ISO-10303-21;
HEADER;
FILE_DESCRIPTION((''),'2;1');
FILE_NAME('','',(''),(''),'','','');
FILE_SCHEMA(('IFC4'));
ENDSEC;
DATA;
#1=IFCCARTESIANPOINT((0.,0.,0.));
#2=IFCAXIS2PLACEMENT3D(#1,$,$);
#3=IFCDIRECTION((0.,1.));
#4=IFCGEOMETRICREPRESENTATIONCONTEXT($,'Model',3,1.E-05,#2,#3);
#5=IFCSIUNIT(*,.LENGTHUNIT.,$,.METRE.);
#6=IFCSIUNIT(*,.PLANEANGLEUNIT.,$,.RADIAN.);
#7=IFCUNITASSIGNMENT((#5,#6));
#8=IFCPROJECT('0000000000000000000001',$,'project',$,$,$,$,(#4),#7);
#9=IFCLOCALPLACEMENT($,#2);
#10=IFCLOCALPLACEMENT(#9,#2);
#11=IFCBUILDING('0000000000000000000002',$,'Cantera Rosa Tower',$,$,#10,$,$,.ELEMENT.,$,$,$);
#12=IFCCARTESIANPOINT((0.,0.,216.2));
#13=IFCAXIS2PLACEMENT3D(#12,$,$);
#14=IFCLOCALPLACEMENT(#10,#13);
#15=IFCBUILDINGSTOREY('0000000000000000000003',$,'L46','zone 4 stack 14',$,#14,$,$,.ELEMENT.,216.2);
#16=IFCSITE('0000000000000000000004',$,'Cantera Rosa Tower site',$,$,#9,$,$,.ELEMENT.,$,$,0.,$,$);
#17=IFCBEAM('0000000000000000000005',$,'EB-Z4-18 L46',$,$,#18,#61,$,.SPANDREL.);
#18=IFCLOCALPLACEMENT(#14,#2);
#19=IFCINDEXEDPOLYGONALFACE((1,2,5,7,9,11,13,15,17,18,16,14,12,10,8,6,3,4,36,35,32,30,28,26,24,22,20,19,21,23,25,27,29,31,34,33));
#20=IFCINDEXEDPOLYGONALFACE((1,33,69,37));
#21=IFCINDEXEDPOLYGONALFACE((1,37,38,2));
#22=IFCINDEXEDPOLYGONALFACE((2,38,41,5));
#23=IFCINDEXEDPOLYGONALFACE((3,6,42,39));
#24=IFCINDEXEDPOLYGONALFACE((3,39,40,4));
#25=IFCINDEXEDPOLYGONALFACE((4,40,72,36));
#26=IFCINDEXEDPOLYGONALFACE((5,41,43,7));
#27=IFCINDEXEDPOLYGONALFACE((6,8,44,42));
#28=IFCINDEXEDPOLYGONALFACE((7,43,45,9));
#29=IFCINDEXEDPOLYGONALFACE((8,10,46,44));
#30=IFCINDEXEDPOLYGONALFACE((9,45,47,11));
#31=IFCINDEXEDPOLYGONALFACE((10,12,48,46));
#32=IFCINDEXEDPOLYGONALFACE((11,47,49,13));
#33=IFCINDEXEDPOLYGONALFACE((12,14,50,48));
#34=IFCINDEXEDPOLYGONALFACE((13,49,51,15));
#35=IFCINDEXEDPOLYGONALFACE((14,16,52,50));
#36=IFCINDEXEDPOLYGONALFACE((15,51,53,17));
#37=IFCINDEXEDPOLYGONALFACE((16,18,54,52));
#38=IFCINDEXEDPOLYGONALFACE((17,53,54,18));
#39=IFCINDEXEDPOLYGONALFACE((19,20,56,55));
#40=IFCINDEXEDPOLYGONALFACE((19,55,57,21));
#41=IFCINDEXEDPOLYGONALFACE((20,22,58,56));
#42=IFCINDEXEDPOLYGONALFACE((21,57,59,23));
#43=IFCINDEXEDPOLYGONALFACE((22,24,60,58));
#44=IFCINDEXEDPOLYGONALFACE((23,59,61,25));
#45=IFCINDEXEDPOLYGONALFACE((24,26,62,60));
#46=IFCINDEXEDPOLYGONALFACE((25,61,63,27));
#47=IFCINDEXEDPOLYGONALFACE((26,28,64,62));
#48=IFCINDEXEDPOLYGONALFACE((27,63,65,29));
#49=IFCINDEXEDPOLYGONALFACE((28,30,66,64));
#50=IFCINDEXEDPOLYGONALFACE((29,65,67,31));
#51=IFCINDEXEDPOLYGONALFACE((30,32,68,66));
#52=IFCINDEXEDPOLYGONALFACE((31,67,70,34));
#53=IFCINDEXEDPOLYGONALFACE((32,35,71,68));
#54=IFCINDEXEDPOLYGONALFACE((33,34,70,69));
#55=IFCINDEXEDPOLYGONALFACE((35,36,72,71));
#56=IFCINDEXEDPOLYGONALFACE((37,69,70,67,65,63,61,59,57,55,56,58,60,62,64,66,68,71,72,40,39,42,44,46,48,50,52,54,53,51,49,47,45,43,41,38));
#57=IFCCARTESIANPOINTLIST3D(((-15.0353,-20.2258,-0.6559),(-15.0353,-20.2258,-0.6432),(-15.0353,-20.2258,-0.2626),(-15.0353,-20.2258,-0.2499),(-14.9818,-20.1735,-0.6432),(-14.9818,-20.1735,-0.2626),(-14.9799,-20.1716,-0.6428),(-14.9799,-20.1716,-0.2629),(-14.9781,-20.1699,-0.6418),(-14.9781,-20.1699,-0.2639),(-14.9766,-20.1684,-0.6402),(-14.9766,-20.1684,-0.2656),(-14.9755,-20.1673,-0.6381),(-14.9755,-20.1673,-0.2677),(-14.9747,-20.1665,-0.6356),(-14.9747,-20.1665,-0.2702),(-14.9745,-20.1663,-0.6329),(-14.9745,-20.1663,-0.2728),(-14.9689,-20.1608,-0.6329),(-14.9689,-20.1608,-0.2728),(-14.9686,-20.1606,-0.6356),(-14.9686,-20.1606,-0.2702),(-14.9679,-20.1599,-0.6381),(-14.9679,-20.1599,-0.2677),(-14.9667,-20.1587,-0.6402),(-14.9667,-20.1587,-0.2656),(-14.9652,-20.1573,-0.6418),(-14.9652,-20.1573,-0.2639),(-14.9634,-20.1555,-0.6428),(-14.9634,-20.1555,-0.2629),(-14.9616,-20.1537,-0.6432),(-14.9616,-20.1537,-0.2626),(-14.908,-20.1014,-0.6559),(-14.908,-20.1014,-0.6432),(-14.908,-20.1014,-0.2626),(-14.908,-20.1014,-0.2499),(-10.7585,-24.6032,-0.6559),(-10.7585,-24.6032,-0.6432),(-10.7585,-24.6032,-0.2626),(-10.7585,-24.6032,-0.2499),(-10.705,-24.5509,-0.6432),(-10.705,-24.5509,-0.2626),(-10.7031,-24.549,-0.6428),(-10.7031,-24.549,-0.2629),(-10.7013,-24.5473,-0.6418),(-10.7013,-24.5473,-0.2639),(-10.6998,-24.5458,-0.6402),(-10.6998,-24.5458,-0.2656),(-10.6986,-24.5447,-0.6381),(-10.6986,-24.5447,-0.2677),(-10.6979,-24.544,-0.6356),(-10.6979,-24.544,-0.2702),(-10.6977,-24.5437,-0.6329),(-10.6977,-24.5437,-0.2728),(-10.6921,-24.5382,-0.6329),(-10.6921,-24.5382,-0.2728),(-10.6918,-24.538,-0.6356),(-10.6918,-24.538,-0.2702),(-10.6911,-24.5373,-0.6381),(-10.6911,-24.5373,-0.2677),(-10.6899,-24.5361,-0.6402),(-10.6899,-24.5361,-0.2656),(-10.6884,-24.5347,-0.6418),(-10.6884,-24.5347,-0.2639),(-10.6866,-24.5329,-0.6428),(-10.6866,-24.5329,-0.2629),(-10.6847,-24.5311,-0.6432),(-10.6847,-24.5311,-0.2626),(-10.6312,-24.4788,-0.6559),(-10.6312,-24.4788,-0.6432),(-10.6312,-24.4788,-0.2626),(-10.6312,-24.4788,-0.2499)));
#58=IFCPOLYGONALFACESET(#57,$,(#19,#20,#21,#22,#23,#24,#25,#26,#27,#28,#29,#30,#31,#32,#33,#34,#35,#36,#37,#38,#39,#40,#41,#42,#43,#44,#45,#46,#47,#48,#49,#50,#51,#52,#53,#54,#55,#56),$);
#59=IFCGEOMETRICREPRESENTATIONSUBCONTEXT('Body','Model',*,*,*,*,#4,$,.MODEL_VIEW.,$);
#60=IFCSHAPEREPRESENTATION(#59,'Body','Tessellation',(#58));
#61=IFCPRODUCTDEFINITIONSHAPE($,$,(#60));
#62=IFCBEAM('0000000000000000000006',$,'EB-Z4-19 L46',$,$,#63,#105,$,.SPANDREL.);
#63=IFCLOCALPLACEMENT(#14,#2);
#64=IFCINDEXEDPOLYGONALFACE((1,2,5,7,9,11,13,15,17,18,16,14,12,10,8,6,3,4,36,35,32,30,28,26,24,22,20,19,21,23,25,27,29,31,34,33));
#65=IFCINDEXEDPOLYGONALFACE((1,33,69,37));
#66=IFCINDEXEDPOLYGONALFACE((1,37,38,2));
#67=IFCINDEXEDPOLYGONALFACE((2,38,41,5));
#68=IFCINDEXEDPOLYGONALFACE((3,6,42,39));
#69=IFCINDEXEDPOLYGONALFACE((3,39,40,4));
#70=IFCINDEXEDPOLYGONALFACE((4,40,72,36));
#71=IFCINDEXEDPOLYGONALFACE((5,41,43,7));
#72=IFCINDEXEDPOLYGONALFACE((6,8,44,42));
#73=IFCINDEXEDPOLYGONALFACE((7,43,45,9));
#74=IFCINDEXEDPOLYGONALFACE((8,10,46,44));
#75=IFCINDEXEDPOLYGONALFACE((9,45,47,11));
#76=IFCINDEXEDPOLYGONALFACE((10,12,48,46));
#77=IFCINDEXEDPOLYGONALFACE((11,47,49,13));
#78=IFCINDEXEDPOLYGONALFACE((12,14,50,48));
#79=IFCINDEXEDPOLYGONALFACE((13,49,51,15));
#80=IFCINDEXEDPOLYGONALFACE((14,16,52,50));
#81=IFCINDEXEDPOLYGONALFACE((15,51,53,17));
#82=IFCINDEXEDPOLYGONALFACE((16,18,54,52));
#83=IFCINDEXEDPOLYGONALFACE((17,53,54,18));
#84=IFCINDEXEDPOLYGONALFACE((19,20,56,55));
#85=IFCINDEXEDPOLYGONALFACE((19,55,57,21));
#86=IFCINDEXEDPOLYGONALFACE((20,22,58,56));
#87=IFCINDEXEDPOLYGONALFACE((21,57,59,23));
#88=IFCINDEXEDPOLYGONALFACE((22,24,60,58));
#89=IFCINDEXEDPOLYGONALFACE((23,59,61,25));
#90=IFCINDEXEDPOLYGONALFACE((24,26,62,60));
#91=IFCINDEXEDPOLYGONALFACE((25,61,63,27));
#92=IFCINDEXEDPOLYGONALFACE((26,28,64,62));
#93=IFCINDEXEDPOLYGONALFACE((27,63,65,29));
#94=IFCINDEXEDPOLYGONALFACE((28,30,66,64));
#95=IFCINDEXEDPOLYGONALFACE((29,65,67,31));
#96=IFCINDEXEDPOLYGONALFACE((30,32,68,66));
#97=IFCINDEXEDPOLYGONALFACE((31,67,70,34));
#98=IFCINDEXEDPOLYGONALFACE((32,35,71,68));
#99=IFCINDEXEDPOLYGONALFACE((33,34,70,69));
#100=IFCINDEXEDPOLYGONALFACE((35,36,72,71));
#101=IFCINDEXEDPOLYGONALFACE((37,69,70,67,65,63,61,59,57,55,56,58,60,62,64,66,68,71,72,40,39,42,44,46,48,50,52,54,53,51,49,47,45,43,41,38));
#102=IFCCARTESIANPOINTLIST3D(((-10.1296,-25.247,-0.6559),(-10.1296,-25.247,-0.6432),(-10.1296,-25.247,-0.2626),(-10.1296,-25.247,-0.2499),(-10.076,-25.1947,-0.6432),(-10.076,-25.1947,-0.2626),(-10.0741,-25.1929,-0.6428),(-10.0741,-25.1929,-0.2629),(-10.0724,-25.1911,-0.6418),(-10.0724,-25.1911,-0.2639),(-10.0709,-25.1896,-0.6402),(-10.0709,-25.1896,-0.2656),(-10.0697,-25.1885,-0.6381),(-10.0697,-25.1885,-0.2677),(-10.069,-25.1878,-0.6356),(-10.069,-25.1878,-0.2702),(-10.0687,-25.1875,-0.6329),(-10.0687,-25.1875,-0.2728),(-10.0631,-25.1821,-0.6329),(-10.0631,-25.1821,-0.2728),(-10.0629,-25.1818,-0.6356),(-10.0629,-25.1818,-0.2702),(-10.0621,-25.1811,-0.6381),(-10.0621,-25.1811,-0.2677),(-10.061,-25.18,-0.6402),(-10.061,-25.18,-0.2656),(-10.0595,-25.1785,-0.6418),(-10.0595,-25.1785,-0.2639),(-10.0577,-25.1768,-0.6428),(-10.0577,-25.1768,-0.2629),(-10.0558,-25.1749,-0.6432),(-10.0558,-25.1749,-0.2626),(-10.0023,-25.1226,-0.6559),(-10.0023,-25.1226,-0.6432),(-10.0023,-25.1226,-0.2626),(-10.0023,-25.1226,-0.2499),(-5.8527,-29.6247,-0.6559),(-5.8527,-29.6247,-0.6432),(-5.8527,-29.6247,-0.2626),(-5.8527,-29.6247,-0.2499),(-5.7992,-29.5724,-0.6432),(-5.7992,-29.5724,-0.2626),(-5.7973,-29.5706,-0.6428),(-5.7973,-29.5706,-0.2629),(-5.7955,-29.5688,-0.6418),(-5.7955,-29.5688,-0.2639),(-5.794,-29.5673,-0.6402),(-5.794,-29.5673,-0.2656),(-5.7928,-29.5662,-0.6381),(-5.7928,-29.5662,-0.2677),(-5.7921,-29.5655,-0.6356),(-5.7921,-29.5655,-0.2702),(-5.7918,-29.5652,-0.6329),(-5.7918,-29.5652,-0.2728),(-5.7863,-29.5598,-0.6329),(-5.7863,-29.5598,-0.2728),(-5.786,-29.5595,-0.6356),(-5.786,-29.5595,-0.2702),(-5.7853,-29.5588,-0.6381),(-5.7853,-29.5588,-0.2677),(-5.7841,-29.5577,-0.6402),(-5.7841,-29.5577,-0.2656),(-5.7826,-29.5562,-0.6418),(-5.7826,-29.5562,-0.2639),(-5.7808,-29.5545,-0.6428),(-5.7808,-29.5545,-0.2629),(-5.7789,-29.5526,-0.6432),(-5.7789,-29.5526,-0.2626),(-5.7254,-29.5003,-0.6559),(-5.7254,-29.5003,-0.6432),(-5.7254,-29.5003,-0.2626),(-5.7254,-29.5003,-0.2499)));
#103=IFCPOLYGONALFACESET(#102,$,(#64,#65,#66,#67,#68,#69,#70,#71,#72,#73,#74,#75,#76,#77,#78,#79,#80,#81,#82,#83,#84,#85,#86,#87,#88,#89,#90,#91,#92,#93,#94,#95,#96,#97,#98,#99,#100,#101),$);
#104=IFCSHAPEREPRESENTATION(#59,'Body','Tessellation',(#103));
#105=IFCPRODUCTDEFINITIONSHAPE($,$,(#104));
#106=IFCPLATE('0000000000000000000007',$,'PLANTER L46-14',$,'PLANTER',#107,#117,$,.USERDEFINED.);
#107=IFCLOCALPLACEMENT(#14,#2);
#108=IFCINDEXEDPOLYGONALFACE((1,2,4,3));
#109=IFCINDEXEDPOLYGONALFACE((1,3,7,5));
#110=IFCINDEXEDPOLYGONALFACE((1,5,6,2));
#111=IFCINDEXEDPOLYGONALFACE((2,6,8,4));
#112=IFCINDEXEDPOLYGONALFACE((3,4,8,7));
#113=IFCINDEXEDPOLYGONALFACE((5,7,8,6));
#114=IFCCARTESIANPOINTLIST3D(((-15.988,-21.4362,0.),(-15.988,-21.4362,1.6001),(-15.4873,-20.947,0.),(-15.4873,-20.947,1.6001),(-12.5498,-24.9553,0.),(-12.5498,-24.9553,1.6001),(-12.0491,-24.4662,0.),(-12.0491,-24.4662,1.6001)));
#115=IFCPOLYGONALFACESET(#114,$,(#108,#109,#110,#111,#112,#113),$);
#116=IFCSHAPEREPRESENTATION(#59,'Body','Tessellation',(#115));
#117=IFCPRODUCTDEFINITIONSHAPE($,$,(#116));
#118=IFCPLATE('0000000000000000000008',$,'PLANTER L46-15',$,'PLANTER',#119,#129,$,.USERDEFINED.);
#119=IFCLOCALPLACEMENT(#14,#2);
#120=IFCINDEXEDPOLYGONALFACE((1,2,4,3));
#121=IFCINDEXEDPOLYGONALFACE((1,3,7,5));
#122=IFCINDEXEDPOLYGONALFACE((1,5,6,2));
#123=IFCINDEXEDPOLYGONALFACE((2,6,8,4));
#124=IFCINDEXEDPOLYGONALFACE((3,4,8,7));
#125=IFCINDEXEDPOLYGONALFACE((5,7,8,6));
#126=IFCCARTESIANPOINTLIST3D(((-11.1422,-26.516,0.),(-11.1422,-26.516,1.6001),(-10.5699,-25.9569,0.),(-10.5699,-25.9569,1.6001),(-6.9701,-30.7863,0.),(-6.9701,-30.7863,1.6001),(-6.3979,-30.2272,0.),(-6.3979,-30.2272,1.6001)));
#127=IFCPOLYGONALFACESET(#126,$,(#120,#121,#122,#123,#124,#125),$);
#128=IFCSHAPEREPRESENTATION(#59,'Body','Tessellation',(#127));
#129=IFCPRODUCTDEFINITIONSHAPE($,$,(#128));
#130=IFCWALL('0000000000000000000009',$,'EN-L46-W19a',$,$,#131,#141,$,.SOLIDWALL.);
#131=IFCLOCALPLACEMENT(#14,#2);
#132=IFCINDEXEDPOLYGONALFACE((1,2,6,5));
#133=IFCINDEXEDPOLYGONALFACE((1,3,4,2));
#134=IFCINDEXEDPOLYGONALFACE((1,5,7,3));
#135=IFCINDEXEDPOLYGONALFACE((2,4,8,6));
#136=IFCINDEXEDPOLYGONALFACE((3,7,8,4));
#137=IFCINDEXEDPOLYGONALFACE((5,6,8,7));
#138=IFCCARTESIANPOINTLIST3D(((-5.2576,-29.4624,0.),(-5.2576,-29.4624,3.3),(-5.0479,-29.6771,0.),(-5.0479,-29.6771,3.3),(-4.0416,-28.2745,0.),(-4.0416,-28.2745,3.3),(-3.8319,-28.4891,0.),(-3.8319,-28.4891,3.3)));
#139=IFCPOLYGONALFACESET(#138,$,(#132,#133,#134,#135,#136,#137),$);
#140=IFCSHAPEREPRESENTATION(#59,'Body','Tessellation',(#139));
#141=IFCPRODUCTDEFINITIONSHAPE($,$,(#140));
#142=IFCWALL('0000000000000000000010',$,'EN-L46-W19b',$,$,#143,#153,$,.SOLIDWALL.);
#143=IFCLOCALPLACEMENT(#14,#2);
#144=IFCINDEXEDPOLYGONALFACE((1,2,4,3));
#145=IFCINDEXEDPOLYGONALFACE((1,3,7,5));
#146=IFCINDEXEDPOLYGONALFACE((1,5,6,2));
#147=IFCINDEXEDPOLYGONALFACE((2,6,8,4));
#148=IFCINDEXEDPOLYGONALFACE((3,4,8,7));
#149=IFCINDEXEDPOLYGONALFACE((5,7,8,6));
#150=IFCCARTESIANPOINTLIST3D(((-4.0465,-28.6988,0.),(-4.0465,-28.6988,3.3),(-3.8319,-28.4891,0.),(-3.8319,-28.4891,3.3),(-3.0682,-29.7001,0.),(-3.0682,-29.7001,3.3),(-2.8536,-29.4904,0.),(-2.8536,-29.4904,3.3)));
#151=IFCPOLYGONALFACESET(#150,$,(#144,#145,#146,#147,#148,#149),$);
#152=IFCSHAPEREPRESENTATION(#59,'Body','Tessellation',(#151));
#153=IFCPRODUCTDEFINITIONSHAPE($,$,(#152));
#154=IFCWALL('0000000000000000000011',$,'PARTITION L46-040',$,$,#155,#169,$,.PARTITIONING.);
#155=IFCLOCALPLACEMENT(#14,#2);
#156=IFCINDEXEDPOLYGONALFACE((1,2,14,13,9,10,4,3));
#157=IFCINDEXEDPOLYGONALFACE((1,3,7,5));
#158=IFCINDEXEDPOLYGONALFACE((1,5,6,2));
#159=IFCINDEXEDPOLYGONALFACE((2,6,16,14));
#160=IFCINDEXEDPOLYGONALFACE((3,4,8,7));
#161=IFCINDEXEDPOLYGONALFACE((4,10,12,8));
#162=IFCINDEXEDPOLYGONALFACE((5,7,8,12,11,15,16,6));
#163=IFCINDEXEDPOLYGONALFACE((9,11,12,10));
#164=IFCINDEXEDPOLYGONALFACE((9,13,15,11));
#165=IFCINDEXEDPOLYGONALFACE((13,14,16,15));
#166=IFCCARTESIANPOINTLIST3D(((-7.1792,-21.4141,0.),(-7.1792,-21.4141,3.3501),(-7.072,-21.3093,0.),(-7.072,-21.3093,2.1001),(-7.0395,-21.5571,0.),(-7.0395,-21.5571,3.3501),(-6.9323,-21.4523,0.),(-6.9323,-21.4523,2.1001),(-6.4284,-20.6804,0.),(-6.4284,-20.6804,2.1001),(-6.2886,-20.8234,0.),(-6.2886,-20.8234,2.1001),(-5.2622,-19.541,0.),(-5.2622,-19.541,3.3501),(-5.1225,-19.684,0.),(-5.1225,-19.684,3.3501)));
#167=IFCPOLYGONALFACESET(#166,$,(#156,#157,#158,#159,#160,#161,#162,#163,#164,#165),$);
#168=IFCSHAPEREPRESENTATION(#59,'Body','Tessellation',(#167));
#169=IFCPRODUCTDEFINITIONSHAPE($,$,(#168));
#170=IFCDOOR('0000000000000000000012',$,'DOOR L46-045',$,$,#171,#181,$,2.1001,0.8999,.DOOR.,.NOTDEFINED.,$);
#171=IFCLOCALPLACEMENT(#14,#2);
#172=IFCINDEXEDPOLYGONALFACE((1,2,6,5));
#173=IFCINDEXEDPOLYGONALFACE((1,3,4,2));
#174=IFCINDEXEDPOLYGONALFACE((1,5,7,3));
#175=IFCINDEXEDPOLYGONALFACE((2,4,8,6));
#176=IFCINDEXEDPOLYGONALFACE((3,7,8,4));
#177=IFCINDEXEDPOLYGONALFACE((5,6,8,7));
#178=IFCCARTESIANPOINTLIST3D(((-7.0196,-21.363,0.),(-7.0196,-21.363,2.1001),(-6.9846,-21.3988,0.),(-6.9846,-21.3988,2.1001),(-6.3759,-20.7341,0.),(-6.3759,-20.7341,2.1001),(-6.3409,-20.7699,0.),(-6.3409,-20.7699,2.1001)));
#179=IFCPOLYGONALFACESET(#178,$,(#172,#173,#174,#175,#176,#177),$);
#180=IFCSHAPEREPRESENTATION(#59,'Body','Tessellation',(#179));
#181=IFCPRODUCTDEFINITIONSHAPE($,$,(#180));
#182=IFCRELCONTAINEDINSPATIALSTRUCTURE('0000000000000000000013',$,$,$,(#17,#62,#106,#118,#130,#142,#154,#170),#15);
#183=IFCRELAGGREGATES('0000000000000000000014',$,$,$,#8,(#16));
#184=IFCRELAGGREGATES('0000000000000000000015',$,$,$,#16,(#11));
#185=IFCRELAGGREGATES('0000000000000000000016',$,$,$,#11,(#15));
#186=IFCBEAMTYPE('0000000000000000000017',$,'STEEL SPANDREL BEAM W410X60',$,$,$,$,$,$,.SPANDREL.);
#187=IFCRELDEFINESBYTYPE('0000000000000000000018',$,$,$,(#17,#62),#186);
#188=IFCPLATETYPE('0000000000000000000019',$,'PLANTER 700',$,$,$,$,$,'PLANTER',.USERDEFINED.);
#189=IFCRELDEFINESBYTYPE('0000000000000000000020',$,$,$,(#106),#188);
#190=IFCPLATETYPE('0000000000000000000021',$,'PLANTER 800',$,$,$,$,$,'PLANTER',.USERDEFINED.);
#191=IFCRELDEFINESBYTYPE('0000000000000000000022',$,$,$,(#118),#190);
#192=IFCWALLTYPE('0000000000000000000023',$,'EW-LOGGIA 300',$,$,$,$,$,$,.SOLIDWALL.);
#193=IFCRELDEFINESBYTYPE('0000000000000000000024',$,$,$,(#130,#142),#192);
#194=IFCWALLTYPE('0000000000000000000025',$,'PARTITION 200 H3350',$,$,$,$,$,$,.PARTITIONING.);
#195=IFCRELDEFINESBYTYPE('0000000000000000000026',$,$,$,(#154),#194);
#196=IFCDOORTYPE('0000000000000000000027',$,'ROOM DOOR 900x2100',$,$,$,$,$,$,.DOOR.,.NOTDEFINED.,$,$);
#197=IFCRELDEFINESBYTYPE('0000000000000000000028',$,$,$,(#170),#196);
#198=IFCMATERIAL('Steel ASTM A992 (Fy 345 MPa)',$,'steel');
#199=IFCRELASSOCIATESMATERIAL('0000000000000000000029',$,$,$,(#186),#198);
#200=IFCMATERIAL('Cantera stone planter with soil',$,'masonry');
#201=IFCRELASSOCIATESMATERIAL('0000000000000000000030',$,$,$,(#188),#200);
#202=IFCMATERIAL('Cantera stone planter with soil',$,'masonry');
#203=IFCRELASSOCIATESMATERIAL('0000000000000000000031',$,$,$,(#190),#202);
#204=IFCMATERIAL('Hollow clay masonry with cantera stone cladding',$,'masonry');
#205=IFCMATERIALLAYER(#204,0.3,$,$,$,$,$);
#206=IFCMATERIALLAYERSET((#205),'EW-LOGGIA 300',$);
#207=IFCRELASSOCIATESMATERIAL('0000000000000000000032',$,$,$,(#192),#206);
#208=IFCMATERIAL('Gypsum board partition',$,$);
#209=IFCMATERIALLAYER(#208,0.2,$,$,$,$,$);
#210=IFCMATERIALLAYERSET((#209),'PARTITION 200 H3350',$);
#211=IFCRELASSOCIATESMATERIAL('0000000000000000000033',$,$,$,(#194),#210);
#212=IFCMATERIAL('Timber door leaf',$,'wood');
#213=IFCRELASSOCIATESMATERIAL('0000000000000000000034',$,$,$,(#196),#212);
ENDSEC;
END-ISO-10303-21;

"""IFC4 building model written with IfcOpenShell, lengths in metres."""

from ifc_helpers import new_model, si_unit, direction, frame, frame_2d, origin, origin_2d, place, context, subcontext, project, spatial, rectangle, i_section, extrude, material, layer, layer_set, material_profile, profile_set, type_object, element, fill, save


model = new_model("IFC4")

# Units and contexts
model_context = context("Model", 3, precision=1e-05, world=origin(), true_north=direction((0.0, 1.0)))
body_context = subcontext(model_context, "Body", "Model", "MODEL_VIEW")
ifc_project = project(units=[si_unit("LENGTHUNIT", "METRE"), si_unit("PLANEANGLEUNIT", "RADIAN")], contexts=[model_context])

# Site, building, storey
site_placement = place(None, origin())
site = spatial("IfcSite", under=ifc_project, at=site_placement, Name="Cantera Rosa Tower site", CompositionType="ELEMENT", RefElevation=0.0)
building_placement = place(site_placement, origin())
building = spatial("IfcBuilding", under=site, at=building_placement, Name="Cantera Rosa Tower", CompositionType="ELEMENT")
storey_placement = place(building_placement, frame((0.0, 0.0, 216.2)))
storey = spatial("IfcBuildingStorey", under=building, at=storey_placement, Name="L46", Description="zone 4 stack 14", CompositionType="ELEMENT", Elevation=216.2)

# Beams
ifc_material_1 = material(Name="Steel ASTM A992 (Fy 345 MPa)", Category="steel")
ifc_material_profile_1 = material_profile(ifc_material_1, i_section(OverallWidth=0.178, OverallDepth=0.406, WebThickness=0.0078, FlangeThickness=0.0127, FilletRadius=0.0103, at=origin_2d()), Name="W410X60")
ifc_profile_set_1 = profile_set([ifc_material_profile_1], Name="Steel ASTM A992 (Fy 345 MPa)")
beam_type_1 = type_object("IfcBeamType", Name="STEEL SPANDREL BEAM W410X60", PredefinedType="SPANDREL", material=ifc_profile_set_1)
beam_1_placement = place(storey_placement, frame((-14.9717, -20.1636, -0.4529), z_axis=(0.698841, -0.715277, 0.0), x_axis=(0.715277, 0.698841, 0.0)))
element("IfcBeam", 1, at=beam_1_placement, inside=storey, type_object=beam_type_1, Name="EB-Z4-18 L46", PredefinedType="SPANDREL", context=body_context, shape_type="SweptSolid", body=[
    extrude(i_section(OverallWidth=0.178, OverallDepth=0.406, WebThickness=0.0078, FlangeThickness=0.0127, FilletRadius=0.0103, at=origin_2d()), origin(), (0.0, 0.0, 1.0), 6.1199),
])
beam_2_placement = place(storey_placement, frame((-10.0659, -25.1848, -0.4529), z_axis=(0.698821, -0.715296, 0.0), x_axis=(0.715296, 0.698821, 0.0)))
element("IfcBeam", 2, at=beam_2_placement, inside=storey, type_object=beam_type_1, Name="EB-Z4-19 L46", PredefinedType="SPANDREL", context=body_context, shape_type="SweptSolid", body=[
    extrude(i_section(OverallWidth=0.178, OverallDepth=0.406, WebThickness=0.0078, FlangeThickness=0.0127, FilletRadius=0.0103, at=origin_2d()), origin(), (0.0, 0.0, 1.0), 6.1201),
])

# Plates
ifc_material_2 = material(Name="Cantera stone planter with soil", Category="masonry")
plate_type_1 = type_object("IfcPlateType", Name="PLANTER 700", ElementType="PLANTER", PredefinedType="USERDEFINED", material=ifc_material_2)
plate_1_placement = place(storey_placement, frame((-14.0186, -22.9512, 0.0), z_axis=(0.0, 0.0, 1.0), x_axis=(0.698832, -0.715286, 0.0)))
element("IfcPlate", 3, at=plate_1_placement, inside=storey, type_object=plate_type_1, Name="PLANTER L46-14", ObjectType="PLANTER", PredefinedType="USERDEFINED", context=body_context, shape_type="SweptSolid", body=[
    extrude(rectangle(XDim=4.9199, YDim=0.7, at=origin_2d()), origin(), (0.0, 0.0, 1.0), 1.6001),
])
ifc_material_3 = material(Name="Cantera stone planter with soil", Category="masonry")
plate_type_2 = type_object("IfcPlateType", Name="PLANTER 800", ElementType="PLANTER", PredefinedType="USERDEFINED", material=ifc_material_3)
plate_2_placement = place(storey_placement, frame((-8.77, -28.3716, 0.0), z_axis=(0.0, 0.0, 1.0), x_axis=(0.698832, -0.715286, 0.0)))
element("IfcPlate", 4, at=plate_2_placement, inside=storey, type_object=plate_type_2, Name="PLANTER L46-15", ObjectType="PLANTER", PredefinedType="USERDEFINED", context=body_context, shape_type="SweptSolid", body=[
    extrude(rectangle(XDim=5.97, YDim=0.8, at=origin_2d()), origin(), (0.0, 0.0, 1.0), 1.6001),
])

# Walls
ifc_material_4 = material(Name="Hollow clay masonry with cantera stone cladding", Category="masonry")
ifc_layer_1 = layer(ifc_material_4, 0.3)
ifc_layer_set_1 = layer_set([ifc_layer_1], Name="EW-LOGGIA 300")
wall_type_1 = type_object("IfcWallType", Name="EW-LOGGIA 300", PredefinedType="SOLIDWALL", material=ifc_layer_set_1)
wall_1_placement = place(storey_placement, frame((-5.1528, -29.5698, 0.0), z_axis=(0.0, 0.0, 1.0), x_axis=(0.715316, 0.698801, 0.0)))
element("IfcWall", 5, at=wall_1_placement, inside=storey, type_object=wall_type_1, Name="EN-L46-W19a", PredefinedType="SOLIDWALL", context=body_context, shape_type="SweptSolid", body=[
    extrude(rectangle(XDim=1.7, YDim=0.3, at=frame_2d((0.8501, 0.0))), origin(), (0.0, 0.0, 1.0), 3.3),
])
wall_2_placement = place(storey_placement, frame((-3.9392, -28.594, 0.0), z_axis=(0.0, 0.0, 1.0), x_axis=(0.698862, -0.715257, 0.0)))
element("IfcWall", 6, at=wall_2_placement, inside=storey, type_object=wall_type_1, Name="EN-L46-W19b", PredefinedType="SOLIDWALL", context=body_context, shape_type="SweptSolid", body=[
    extrude(rectangle(XDim=1.3999, YDim=0.3, at=frame_2d((0.7, 0.0))), origin(), (0.0, 0.0, 1.0), 3.3),
])

# Wall, opening, door
ifc_material_5 = material(Name="Gypsum board partition")
ifc_layer_2 = layer(ifc_material_5, 0.2)
ifc_layer_set_2 = layer_set([ifc_layer_2], Name="PARTITION 200 H3350")
wall_type_2 = type_object("IfcWallType", Name="PARTITION 200 H3350", PredefinedType="PARTITIONING", material=ifc_layer_set_2)
wall_3_placement = place(storey_placement, frame((-7.1094, -21.4856, 0.0), z_axis=(0.0, 0.0, 1.0), x_axis=(0.715258, 0.698861, 0.0)))
wall_3 = element("IfcWall", 7, at=wall_3_placement, inside=storey, type_object=wall_type_2, Name="PARTITION L46-040", PredefinedType="PARTITIONING", context=body_context, shape_type="SweptSolid", body=[
    extrude(rectangle(XDim=2.6802, YDim=0.2, at=frame_2d((1.3401, 0.0))), origin(), (0.0, 0.0, 1.0), 3.3501),
])
opening_1_placement = place(wall_3_placement, frame((0.1499, 0.0, 0.0)))
opening_1 = element("IfcOpeningElement", 8, at=opening_1_placement, cuts=wall_3, PredefinedType="OPENING", context=body_context, shape_type="SweptSolid", body=[
    extrude(rectangle(XDim=0.8999, YDim=2.1001, at=frame_2d((0.45, 1.05))), frame((0.0, 0.1099, 0.0), z_axis=(0.0, -1.0, 0.0), x_axis=(1.0, 0.0, 0.0)), (0.0, 0.0, 1.0), 0.22),
])
ifc_material_6 = material(Name="Timber door leaf", Category="wood")
door_type_1 = type_object("IfcDoorType", Name="ROOM DOOR 900x2100", OperationType="NOTDEFINED", PredefinedType="DOOR", material=ifc_material_6)
door_1_placement = place(opening_1_placement, origin())
door_1 = element("IfcDoor", 9, at=door_1_placement, inside=storey, type_object=door_type_1, Name="DOOR L46-045", OperationType="NOTDEFINED", OverallHeight=2.1001, OverallWidth=0.8999, PredefinedType="DOOR", context=body_context, shape_type="SweptSolid", body=[
    extrude(rectangle(XDim=0.8999, YDim=2.1001, at=frame_2d((0.45, 1.05))), frame((0.0, 0.0249, 0.0), z_axis=(0.0, -1.0, 0.0), x_axis=(1.0, 0.0, 0.0)), (0.0, 0.0, 1.0), 0.05),
])
fill(opening_1, door_1)

save(model, "model.ifc")
